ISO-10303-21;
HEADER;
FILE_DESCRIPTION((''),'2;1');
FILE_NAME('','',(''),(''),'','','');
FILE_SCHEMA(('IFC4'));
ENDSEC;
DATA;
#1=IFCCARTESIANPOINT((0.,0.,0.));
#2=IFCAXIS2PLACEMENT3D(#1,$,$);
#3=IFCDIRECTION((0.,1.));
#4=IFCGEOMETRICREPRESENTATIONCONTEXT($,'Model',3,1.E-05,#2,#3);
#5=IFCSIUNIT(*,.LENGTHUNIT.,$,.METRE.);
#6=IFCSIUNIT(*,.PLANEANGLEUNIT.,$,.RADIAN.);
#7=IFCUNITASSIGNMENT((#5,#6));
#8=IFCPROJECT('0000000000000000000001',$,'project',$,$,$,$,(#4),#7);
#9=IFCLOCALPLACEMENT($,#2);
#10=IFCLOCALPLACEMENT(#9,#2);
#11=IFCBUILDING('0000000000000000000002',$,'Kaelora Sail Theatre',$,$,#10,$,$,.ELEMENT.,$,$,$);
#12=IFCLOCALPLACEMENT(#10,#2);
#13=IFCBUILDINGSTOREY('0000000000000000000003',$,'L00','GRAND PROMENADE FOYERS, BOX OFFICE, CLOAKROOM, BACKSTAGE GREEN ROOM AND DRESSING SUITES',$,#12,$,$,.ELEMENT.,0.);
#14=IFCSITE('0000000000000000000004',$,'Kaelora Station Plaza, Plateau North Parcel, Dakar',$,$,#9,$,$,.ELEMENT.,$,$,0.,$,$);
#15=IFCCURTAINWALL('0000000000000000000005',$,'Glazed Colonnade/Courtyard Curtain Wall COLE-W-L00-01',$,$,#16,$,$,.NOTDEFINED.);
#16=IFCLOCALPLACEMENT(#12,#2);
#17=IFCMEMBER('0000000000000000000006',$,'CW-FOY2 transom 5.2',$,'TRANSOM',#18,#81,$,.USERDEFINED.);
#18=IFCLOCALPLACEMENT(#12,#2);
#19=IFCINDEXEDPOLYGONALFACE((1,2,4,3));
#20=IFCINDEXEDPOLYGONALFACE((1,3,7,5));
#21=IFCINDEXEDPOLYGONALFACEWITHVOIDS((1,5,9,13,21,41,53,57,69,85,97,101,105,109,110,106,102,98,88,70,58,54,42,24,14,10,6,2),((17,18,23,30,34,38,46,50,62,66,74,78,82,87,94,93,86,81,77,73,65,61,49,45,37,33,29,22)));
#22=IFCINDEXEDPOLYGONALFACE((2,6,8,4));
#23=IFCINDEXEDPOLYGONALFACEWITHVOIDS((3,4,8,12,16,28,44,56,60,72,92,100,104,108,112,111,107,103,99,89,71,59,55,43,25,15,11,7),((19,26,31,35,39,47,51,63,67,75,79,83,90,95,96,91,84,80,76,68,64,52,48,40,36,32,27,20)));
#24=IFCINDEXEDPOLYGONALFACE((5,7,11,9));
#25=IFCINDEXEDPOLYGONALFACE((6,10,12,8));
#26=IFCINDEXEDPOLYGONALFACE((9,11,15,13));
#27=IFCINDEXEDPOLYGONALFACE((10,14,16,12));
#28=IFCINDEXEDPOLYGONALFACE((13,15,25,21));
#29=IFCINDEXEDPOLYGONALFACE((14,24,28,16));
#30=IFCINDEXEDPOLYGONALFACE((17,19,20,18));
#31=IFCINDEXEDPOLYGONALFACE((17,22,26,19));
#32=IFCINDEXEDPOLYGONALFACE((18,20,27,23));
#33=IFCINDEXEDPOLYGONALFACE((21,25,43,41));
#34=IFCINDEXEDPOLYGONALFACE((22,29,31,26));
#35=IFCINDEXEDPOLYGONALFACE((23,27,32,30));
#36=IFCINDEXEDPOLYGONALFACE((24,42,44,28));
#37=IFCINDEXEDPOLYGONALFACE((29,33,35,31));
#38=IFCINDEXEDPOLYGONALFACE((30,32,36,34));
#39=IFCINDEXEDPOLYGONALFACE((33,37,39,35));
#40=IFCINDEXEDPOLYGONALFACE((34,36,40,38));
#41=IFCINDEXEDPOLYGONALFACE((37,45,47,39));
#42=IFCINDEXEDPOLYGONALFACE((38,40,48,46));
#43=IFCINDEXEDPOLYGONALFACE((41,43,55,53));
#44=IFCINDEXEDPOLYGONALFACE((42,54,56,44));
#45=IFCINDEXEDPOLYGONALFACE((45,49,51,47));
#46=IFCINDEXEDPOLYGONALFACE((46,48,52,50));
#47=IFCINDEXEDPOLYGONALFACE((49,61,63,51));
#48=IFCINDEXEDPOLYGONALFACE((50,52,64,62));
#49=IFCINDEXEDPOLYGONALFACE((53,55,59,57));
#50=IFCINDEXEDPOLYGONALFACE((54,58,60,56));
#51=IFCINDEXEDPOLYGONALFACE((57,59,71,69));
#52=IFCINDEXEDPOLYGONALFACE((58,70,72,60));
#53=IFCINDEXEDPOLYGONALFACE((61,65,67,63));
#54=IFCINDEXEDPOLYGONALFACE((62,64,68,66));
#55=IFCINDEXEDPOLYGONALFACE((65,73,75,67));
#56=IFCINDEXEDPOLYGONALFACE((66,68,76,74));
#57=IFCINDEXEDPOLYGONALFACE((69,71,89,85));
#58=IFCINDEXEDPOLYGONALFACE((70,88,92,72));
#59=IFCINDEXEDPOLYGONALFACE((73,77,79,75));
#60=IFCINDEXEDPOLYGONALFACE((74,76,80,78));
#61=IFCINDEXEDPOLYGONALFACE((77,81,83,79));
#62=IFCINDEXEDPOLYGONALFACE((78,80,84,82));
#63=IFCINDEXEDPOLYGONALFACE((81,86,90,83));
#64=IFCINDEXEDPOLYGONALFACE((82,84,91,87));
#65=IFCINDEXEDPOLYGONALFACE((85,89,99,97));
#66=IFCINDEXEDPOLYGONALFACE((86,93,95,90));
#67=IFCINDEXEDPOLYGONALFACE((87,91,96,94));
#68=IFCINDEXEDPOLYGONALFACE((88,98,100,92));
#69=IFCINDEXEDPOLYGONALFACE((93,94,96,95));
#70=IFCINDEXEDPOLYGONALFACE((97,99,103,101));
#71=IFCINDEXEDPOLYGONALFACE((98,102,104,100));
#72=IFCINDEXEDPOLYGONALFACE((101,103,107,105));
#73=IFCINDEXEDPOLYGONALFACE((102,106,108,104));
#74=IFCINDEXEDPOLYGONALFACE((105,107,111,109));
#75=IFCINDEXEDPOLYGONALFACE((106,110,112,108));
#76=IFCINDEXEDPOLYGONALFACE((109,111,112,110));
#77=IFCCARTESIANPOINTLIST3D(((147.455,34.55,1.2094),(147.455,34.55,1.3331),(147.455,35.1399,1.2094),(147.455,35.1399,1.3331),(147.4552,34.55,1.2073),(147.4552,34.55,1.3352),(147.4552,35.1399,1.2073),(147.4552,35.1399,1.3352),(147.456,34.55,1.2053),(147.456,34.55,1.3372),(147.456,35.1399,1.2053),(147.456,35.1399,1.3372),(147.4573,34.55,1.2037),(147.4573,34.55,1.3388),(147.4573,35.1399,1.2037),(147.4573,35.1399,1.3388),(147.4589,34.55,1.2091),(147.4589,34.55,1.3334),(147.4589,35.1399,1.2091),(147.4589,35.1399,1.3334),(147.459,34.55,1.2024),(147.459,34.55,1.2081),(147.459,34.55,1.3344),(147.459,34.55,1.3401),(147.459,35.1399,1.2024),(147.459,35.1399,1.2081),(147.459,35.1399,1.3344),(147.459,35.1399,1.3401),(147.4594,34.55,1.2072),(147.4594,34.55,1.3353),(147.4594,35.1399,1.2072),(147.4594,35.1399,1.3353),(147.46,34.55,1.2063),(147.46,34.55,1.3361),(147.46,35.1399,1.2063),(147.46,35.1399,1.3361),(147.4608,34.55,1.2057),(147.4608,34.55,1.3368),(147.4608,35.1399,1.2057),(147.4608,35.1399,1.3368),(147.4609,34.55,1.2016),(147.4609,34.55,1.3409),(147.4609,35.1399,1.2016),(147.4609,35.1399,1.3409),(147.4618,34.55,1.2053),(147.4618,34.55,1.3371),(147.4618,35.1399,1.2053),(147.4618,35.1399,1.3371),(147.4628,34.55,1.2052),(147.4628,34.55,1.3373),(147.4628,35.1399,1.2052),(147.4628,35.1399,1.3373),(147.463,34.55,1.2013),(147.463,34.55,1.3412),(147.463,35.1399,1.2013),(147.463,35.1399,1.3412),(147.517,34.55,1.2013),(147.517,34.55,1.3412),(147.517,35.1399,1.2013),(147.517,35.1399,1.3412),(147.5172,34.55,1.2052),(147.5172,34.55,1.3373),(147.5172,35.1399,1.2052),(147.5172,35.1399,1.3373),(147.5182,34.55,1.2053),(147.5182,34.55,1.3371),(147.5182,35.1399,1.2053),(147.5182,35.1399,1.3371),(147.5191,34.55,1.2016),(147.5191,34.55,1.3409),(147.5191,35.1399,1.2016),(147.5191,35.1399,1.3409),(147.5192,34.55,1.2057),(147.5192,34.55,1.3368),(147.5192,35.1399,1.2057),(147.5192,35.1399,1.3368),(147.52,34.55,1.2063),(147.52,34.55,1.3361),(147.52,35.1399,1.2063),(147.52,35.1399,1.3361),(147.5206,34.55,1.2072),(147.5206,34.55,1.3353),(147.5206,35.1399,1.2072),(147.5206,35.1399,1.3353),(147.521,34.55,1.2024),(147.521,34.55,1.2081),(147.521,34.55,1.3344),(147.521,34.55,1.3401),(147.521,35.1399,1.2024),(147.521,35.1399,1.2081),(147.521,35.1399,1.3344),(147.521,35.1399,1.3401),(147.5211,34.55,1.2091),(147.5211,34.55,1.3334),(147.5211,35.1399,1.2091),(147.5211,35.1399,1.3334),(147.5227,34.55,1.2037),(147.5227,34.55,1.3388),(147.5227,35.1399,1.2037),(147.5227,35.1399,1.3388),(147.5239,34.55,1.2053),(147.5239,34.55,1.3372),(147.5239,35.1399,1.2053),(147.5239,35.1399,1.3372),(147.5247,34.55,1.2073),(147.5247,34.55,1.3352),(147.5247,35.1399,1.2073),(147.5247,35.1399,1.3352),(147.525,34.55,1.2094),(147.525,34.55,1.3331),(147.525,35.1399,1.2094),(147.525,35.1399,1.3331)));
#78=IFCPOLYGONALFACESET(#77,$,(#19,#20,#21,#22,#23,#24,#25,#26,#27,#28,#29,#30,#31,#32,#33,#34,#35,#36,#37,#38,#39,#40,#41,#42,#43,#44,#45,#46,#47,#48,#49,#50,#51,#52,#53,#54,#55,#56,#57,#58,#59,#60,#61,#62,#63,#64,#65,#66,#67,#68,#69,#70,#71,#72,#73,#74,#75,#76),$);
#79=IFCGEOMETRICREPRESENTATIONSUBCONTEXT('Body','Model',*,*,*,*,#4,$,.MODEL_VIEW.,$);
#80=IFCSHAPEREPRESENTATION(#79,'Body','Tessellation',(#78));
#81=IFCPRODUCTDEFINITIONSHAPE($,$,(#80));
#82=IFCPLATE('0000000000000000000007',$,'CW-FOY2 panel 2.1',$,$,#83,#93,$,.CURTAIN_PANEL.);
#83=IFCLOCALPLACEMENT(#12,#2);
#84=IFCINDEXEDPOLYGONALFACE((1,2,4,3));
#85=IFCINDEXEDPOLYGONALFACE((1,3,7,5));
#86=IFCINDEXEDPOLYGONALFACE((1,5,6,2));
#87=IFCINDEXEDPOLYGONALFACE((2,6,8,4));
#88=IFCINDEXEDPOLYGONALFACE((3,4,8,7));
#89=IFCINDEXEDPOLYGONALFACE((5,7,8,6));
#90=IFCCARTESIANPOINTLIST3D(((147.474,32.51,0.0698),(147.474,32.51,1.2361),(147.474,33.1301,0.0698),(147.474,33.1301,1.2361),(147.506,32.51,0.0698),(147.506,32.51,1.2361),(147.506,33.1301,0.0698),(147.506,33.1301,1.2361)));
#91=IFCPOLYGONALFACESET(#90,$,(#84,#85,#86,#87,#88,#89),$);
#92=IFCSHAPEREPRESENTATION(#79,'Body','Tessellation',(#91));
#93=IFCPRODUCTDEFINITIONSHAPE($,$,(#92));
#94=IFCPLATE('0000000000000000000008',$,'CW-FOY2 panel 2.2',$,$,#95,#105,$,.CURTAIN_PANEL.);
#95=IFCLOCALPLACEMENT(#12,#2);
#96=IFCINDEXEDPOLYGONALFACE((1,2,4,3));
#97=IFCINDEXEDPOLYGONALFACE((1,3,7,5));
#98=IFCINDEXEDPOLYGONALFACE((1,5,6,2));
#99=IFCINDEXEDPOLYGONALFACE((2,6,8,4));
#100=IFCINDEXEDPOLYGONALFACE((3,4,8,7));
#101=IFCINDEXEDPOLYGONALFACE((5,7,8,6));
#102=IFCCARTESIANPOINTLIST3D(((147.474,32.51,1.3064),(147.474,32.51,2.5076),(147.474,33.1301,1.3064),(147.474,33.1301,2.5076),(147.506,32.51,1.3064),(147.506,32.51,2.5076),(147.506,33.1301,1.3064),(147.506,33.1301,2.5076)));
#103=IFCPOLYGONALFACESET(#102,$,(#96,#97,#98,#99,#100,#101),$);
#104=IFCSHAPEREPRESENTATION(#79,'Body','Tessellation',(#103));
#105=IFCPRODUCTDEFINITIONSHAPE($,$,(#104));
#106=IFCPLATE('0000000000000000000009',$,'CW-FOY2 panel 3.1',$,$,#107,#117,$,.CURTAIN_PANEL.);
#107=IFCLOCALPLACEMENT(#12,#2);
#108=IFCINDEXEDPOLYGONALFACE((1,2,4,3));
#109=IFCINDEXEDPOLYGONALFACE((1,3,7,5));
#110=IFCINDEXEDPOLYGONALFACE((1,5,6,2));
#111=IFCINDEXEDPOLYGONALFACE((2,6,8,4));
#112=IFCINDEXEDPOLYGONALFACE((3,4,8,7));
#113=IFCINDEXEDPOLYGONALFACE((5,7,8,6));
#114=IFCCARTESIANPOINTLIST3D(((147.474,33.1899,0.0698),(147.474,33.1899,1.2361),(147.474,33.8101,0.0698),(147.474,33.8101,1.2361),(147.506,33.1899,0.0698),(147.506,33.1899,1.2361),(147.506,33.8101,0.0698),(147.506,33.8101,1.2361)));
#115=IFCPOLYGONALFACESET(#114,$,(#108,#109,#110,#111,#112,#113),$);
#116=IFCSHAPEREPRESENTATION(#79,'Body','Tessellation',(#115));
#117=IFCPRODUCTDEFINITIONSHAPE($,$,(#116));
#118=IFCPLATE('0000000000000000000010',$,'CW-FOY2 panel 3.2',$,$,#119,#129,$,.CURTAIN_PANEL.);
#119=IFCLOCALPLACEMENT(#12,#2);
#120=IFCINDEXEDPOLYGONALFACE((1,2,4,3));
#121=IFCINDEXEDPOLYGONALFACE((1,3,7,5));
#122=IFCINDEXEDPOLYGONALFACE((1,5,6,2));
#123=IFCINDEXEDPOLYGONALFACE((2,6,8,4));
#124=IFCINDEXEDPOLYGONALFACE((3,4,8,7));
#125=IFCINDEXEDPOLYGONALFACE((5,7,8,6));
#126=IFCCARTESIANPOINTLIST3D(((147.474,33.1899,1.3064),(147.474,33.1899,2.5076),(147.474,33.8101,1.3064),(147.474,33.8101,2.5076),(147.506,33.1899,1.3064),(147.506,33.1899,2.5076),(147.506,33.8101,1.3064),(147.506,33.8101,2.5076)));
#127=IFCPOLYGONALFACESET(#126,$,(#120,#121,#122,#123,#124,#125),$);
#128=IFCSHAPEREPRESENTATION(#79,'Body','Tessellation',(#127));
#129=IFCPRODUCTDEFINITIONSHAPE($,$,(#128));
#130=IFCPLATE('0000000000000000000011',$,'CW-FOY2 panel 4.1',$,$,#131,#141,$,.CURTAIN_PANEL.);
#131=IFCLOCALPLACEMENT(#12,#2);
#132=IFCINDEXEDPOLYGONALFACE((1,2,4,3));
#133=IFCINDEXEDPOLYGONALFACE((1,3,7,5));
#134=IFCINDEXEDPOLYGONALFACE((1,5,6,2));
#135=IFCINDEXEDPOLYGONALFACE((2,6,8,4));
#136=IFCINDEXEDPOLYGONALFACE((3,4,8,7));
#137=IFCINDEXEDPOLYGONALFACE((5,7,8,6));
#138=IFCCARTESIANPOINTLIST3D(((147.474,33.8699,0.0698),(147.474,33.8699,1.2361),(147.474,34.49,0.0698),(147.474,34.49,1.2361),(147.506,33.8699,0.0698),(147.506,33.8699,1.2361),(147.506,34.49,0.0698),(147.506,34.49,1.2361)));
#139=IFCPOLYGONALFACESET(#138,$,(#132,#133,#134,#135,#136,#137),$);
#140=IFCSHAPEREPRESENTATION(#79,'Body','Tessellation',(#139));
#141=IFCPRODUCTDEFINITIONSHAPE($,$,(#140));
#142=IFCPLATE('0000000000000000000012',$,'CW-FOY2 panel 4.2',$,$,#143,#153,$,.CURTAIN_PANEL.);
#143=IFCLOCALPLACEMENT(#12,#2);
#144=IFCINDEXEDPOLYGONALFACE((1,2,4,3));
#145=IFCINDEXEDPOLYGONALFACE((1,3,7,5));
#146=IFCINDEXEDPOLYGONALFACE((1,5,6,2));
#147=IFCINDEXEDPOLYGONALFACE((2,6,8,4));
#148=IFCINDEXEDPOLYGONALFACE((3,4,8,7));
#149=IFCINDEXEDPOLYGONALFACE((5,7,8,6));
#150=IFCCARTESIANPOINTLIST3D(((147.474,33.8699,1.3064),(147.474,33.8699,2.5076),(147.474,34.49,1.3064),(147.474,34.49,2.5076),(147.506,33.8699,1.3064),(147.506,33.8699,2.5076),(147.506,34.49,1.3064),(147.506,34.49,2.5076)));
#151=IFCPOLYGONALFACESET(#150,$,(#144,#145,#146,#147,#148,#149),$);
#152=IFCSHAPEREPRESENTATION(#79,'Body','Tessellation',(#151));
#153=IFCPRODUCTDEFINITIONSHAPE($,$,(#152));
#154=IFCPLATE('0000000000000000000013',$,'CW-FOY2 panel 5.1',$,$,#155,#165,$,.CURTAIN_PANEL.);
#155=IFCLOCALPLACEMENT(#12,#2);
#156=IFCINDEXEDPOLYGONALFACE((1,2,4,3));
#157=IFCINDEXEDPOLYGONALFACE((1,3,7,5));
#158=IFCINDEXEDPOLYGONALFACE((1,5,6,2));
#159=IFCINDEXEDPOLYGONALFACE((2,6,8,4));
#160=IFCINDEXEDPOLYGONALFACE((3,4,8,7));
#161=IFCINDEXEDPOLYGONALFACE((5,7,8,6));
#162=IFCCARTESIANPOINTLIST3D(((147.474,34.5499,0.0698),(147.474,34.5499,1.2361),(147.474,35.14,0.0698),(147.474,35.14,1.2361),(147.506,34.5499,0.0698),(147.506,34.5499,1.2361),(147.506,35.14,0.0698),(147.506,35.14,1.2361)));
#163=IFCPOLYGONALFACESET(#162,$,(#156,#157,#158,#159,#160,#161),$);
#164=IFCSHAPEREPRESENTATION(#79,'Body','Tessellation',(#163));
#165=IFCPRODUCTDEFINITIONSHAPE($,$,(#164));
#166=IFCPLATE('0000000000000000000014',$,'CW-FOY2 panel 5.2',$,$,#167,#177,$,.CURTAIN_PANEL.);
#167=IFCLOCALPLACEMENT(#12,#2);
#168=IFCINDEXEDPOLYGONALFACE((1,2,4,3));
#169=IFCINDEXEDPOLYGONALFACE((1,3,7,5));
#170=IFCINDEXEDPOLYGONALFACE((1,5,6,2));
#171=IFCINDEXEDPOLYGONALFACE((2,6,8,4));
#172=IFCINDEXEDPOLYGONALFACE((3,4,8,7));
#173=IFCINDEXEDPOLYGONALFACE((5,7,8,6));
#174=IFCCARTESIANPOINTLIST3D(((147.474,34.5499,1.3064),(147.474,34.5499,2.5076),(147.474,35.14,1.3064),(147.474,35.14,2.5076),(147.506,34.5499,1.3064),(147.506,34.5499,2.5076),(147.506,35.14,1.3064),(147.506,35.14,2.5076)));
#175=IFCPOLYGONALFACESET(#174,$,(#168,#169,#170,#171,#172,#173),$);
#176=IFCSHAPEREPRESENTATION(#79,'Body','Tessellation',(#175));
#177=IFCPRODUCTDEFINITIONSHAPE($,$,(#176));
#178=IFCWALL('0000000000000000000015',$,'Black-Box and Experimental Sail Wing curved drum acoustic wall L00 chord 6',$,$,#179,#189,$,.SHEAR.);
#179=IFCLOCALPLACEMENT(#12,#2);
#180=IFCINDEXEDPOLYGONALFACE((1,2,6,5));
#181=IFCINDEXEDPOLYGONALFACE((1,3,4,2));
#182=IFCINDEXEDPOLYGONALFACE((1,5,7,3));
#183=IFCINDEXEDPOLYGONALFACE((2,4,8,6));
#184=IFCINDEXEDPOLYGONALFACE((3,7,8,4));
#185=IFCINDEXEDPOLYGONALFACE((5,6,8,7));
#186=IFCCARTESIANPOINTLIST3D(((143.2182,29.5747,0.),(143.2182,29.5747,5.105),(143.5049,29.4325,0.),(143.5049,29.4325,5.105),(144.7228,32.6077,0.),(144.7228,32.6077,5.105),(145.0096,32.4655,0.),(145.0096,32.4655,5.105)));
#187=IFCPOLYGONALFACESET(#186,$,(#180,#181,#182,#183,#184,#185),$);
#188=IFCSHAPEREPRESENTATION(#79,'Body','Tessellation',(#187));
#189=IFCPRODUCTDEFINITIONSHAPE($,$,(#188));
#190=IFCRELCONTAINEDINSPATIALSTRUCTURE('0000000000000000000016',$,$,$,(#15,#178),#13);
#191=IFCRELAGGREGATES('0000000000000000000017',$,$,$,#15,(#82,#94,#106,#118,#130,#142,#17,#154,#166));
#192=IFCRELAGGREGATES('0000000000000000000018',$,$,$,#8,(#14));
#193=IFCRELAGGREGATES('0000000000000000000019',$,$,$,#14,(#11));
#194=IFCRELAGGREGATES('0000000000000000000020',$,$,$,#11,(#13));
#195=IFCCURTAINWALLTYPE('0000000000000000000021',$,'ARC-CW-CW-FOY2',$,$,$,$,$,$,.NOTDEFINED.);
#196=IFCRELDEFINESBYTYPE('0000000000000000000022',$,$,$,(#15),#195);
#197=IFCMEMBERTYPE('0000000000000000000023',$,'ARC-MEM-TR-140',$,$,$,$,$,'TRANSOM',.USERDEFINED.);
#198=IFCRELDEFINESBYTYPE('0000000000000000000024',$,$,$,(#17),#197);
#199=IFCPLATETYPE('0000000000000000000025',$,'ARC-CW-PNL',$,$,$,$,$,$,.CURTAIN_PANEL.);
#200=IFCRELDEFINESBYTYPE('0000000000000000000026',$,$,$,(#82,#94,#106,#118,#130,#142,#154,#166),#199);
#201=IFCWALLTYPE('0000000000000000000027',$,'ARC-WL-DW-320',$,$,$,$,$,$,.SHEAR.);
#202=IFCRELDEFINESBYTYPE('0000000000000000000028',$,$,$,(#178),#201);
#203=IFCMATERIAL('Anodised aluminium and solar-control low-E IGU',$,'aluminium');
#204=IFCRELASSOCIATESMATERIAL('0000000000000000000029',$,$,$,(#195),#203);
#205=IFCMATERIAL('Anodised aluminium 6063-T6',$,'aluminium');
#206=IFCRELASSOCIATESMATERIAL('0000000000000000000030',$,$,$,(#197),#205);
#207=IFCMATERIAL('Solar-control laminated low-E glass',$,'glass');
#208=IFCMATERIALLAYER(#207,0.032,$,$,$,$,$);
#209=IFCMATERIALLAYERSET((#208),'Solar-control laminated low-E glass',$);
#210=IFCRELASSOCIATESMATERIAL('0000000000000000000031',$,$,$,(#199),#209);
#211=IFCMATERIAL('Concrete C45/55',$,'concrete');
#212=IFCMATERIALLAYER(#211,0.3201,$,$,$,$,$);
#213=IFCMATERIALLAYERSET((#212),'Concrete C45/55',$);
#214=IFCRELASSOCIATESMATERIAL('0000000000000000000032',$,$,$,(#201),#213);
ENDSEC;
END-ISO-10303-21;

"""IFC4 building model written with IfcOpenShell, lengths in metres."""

from ifc_helpers import new_model, si_unit, direction, frame, frame_2d, origin, origin_2d, place, context, subcontext, project, spatial, rectangle, hollow_rectangle, extrude, material, layer, layer_set, material_profile, profile_set, type_object, element, aggregate, save


model = new_model("IFC4")

# Units and contexts
model_context = context("Model", 3, precision=1e-05, world=origin(), true_north=direction((0.0, 1.0)))
body_context = subcontext(model_context, "Body", "Model", "MODEL_VIEW")
ifc_project = project(units=[si_unit("LENGTHUNIT", "METRE"), si_unit("PLANEANGLEUNIT", "RADIAN")], contexts=[model_context])

# Site, building, storey
site_placement = place(None, origin())
site = spatial("IfcSite", under=ifc_project, at=site_placement, Name="Kaelora Station Plaza, Plateau North Parcel, Dakar", CompositionType="ELEMENT", RefElevation=0.0)
building_placement = place(site_placement, origin())
building = spatial("IfcBuilding", under=site, at=building_placement, Name="Kaelora Sail Theatre", CompositionType="ELEMENT")
storey_placement = place(building_placement, origin())
storey = spatial("IfcBuildingStorey", under=building, at=storey_placement, Name="L00", Description="GRAND PROMENADE FOYERS, BOX OFFICE, CLOAKROOM, BACKSTAGE GREEN ROOM AND DRESSING SUITES", CompositionType="ELEMENT", Elevation=0.0)

# Curtain wall
ifc_material_1 = material(Name="Anodised aluminium and solar-control low-E IGU", Category="aluminium")
curtain_wall_type = type_object("IfcCurtainWallType", Name="ARC-CW-CW-FOY2", PredefinedType="NOTDEFINED", material=ifc_material_1)
curtain_wall_placement = place(storey_placement, origin())
curtain_wall = element("IfcCurtainWall", 1, at=curtain_wall_placement, inside=storey, type_object=curtain_wall_type, Name="Glazed Colonnade/Courtyard Curtain Wall COLE-W-L00-01", PredefinedType="NOTDEFINED")

# Member
ifc_material_2 = material(Name="Anodised aluminium 6063-T6", Category="aluminium")
ifc_material_profile_1 = material_profile(ifc_material_2, hollow_rectangle(XDim=0.0701, YDim=0.1399, WallThickness=0.0039, InnerFilletRadius=0.0039, OuterFilletRadius=0.0081, at=origin_2d()), Name="ALU-TRAN 70x140x4")
ifc_profile_set_1 = profile_set([ifc_material_profile_1], Name="Anodised aluminium 6063-T6")
member_type_1 = type_object("IfcMemberType", Name="ARC-MEM-TR-140", ElementType="TRANSOM", PredefinedType="USERDEFINED", material=ifc_profile_set_1)
member_1_placement = place(storey_placement, frame((147.49, 34.55, 1.2712), z_axis=(0.0, 1.0, 0.0), x_axis=(-1.0, 0.0, 0.0)))
member_1 = element("IfcMember", 2, at=member_1_placement, type_object=member_type_1, Name="CW-FOY2 transom 5.2", ObjectType="TRANSOM", PredefinedType="USERDEFINED", context=body_context, shape_type="SweptSolid", body=[
    extrude(hollow_rectangle(XDim=0.0701, YDim=0.1399, WallThickness=0.0039, InnerFilletRadius=0.0039, OuterFilletRadius=0.0081, at=origin_2d()), origin(), (0.0, 0.0, 1.0), 0.5898),
])

# Plates
ifc_material_3 = material(Name="Solar-control laminated low-E glass", Category="glass")
ifc_layer_1 = layer(ifc_material_3, 0.032)
ifc_layer_set_1 = layer_set([ifc_layer_1], Name="Solar-control laminated low-E glass")
plate_type = type_object("IfcPlateType", Name="ARC-CW-PNL", PredefinedType="CURTAIN_PANEL", material=ifc_layer_set_1)
plate_1_placement = place(storey_placement, frame((147.49, 32.8201, 0.0698), z_axis=(0.0, 0.0, 1.0), x_axis=(0.0, 1.0, 0.0)))
plate_1 = element("IfcPlate", 3, at=plate_1_placement, type_object=plate_type, Name="CW-FOY2 panel 2.1", PredefinedType="CURTAIN_PANEL", context=body_context, shape_type="SweptSolid", body=[
    extrude(rectangle(XDim=0.6201, YDim=0.032, at=origin_2d()), origin(), (0.0, 0.0, 1.0), 1.1663),
])
plate_2_placement = place(storey_placement, frame((147.49, 32.8201, 1.3064), z_axis=(0.0, 0.0, 1.0), x_axis=(0.0, 1.0, 0.0)))
plate_2 = element("IfcPlate", 4, at=plate_2_placement, type_object=plate_type, Name="CW-FOY2 panel 2.2", PredefinedType="CURTAIN_PANEL", context=body_context, shape_type="SweptSolid", body=[
    extrude(rectangle(XDim=0.6201, YDim=0.032, at=origin_2d()), origin(), (0.0, 0.0, 1.0), 1.2012),
])
plate_3_placement = place(storey_placement, frame((147.49, 33.5, 0.0698), z_axis=(0.0, 0.0, 1.0), x_axis=(0.0, 1.0, 0.0)))
plate_3 = element("IfcPlate", 5, at=plate_3_placement, type_object=plate_type, Name="CW-FOY2 panel 3.1", PredefinedType="CURTAIN_PANEL", context=body_context, shape_type="SweptSolid", body=[
    extrude(rectangle(XDim=0.6201, YDim=0.032, at=origin_2d()), origin(), (0.0, 0.0, 1.0), 1.1663),
])
plate_4_placement = place(storey_placement, frame((147.49, 33.5, 1.3064), z_axis=(0.0, 0.0, 1.0), x_axis=(0.0, 1.0, 0.0)))
plate_4 = element("IfcPlate", 6, at=plate_4_placement, type_object=plate_type, Name="CW-FOY2 panel 3.2", PredefinedType="CURTAIN_PANEL", context=body_context, shape_type="SweptSolid", body=[
    extrude(rectangle(XDim=0.6201, YDim=0.032, at=origin_2d()), origin(), (0.0, 0.0, 1.0), 1.2012),
])
plate_5_placement = place(storey_placement, frame((147.49, 34.1799, 0.0698), z_axis=(0.0, 0.0, 1.0), x_axis=(0.0, 1.0, 0.0)))
plate_5 = element("IfcPlate", 7, at=plate_5_placement, type_object=plate_type, Name="CW-FOY2 panel 4.1", PredefinedType="CURTAIN_PANEL", context=body_context, shape_type="SweptSolid", body=[
    extrude(rectangle(XDim=0.6201, YDim=0.032, at=origin_2d()), origin(), (0.0, 0.0, 1.0), 1.1663),
])
plate_6_placement = place(storey_placement, frame((147.49, 34.1799, 1.3064), z_axis=(0.0, 0.0, 1.0), x_axis=(0.0, 1.0, 0.0)))
plate_6 = element("IfcPlate", 8, at=plate_6_placement, type_object=plate_type, Name="CW-FOY2 panel 4.2", PredefinedType="CURTAIN_PANEL", context=body_context, shape_type="SweptSolid", body=[
    extrude(rectangle(XDim=0.6201, YDim=0.032, at=origin_2d()), origin(), (0.0, 0.0, 1.0), 1.2012),
])
plate_7_placement = place(storey_placement, frame((147.49, 34.845, 0.0698), z_axis=(0.0, 0.0, 1.0), x_axis=(0.0, 1.0, 0.0)))
plate_7 = element("IfcPlate", 9, at=plate_7_placement, type_object=plate_type, Name="CW-FOY2 panel 5.1", PredefinedType="CURTAIN_PANEL", context=body_context, shape_type="SweptSolid", body=[
    extrude(rectangle(XDim=0.5901, YDim=0.032, at=origin_2d()), origin(), (0.0, 0.0, 1.0), 1.1663),
])
plate_8_placement = place(storey_placement, frame((147.49, 34.845, 1.3064), z_axis=(0.0, 0.0, 1.0), x_axis=(0.0, 1.0, 0.0)))
plate_8 = element("IfcPlate", 10, at=plate_8_placement, type_object=plate_type, Name="CW-FOY2 panel 5.2", PredefinedType="CURTAIN_PANEL", context=body_context, shape_type="SweptSolid", body=[
    extrude(rectangle(XDim=0.5901, YDim=0.032, at=origin_2d()), origin(), (0.0, 0.0, 1.0), 1.2012),
])
aggregate(curtain_wall, [plate_1, plate_2, plate_3, plate_4, plate_5, plate_6, member_1, plate_7, plate_8])

# Wall
ifc_material_4 = material(Name="Concrete C45/55", Category="concrete")
ifc_layer_2 = layer(ifc_material_4, 0.3201)
ifc_layer_set_2 = layer_set([ifc_layer_2], Name="Concrete C45/55")
wall_type = type_object("IfcWallType", Name="ARC-WL-DW-320", PredefinedType="SHEAR", material=ifc_layer_set_2)
wall_placement = place(storey_placement, frame((144.8662, 32.5366, 0.0), z_axis=(0.0, 0.0, 1.0), x_axis=(-0.444414, -0.895822, 0.0)))
element("IfcWall", 11, at=wall_placement, inside=storey, type_object=wall_type, Name="Black-Box and Experimental Sail Wing curved drum acoustic wall L00 chord 6", PredefinedType="SHEAR", context=body_context, shape_type="SweptSolid", body=[
    extrude(rectangle(XDim=3.3857, YDim=0.3201, at=frame_2d((1.6929, 0.0))), origin(), (0.0, 0.0, 1.0), 5.105),
])

save(model, "model.ifc")
